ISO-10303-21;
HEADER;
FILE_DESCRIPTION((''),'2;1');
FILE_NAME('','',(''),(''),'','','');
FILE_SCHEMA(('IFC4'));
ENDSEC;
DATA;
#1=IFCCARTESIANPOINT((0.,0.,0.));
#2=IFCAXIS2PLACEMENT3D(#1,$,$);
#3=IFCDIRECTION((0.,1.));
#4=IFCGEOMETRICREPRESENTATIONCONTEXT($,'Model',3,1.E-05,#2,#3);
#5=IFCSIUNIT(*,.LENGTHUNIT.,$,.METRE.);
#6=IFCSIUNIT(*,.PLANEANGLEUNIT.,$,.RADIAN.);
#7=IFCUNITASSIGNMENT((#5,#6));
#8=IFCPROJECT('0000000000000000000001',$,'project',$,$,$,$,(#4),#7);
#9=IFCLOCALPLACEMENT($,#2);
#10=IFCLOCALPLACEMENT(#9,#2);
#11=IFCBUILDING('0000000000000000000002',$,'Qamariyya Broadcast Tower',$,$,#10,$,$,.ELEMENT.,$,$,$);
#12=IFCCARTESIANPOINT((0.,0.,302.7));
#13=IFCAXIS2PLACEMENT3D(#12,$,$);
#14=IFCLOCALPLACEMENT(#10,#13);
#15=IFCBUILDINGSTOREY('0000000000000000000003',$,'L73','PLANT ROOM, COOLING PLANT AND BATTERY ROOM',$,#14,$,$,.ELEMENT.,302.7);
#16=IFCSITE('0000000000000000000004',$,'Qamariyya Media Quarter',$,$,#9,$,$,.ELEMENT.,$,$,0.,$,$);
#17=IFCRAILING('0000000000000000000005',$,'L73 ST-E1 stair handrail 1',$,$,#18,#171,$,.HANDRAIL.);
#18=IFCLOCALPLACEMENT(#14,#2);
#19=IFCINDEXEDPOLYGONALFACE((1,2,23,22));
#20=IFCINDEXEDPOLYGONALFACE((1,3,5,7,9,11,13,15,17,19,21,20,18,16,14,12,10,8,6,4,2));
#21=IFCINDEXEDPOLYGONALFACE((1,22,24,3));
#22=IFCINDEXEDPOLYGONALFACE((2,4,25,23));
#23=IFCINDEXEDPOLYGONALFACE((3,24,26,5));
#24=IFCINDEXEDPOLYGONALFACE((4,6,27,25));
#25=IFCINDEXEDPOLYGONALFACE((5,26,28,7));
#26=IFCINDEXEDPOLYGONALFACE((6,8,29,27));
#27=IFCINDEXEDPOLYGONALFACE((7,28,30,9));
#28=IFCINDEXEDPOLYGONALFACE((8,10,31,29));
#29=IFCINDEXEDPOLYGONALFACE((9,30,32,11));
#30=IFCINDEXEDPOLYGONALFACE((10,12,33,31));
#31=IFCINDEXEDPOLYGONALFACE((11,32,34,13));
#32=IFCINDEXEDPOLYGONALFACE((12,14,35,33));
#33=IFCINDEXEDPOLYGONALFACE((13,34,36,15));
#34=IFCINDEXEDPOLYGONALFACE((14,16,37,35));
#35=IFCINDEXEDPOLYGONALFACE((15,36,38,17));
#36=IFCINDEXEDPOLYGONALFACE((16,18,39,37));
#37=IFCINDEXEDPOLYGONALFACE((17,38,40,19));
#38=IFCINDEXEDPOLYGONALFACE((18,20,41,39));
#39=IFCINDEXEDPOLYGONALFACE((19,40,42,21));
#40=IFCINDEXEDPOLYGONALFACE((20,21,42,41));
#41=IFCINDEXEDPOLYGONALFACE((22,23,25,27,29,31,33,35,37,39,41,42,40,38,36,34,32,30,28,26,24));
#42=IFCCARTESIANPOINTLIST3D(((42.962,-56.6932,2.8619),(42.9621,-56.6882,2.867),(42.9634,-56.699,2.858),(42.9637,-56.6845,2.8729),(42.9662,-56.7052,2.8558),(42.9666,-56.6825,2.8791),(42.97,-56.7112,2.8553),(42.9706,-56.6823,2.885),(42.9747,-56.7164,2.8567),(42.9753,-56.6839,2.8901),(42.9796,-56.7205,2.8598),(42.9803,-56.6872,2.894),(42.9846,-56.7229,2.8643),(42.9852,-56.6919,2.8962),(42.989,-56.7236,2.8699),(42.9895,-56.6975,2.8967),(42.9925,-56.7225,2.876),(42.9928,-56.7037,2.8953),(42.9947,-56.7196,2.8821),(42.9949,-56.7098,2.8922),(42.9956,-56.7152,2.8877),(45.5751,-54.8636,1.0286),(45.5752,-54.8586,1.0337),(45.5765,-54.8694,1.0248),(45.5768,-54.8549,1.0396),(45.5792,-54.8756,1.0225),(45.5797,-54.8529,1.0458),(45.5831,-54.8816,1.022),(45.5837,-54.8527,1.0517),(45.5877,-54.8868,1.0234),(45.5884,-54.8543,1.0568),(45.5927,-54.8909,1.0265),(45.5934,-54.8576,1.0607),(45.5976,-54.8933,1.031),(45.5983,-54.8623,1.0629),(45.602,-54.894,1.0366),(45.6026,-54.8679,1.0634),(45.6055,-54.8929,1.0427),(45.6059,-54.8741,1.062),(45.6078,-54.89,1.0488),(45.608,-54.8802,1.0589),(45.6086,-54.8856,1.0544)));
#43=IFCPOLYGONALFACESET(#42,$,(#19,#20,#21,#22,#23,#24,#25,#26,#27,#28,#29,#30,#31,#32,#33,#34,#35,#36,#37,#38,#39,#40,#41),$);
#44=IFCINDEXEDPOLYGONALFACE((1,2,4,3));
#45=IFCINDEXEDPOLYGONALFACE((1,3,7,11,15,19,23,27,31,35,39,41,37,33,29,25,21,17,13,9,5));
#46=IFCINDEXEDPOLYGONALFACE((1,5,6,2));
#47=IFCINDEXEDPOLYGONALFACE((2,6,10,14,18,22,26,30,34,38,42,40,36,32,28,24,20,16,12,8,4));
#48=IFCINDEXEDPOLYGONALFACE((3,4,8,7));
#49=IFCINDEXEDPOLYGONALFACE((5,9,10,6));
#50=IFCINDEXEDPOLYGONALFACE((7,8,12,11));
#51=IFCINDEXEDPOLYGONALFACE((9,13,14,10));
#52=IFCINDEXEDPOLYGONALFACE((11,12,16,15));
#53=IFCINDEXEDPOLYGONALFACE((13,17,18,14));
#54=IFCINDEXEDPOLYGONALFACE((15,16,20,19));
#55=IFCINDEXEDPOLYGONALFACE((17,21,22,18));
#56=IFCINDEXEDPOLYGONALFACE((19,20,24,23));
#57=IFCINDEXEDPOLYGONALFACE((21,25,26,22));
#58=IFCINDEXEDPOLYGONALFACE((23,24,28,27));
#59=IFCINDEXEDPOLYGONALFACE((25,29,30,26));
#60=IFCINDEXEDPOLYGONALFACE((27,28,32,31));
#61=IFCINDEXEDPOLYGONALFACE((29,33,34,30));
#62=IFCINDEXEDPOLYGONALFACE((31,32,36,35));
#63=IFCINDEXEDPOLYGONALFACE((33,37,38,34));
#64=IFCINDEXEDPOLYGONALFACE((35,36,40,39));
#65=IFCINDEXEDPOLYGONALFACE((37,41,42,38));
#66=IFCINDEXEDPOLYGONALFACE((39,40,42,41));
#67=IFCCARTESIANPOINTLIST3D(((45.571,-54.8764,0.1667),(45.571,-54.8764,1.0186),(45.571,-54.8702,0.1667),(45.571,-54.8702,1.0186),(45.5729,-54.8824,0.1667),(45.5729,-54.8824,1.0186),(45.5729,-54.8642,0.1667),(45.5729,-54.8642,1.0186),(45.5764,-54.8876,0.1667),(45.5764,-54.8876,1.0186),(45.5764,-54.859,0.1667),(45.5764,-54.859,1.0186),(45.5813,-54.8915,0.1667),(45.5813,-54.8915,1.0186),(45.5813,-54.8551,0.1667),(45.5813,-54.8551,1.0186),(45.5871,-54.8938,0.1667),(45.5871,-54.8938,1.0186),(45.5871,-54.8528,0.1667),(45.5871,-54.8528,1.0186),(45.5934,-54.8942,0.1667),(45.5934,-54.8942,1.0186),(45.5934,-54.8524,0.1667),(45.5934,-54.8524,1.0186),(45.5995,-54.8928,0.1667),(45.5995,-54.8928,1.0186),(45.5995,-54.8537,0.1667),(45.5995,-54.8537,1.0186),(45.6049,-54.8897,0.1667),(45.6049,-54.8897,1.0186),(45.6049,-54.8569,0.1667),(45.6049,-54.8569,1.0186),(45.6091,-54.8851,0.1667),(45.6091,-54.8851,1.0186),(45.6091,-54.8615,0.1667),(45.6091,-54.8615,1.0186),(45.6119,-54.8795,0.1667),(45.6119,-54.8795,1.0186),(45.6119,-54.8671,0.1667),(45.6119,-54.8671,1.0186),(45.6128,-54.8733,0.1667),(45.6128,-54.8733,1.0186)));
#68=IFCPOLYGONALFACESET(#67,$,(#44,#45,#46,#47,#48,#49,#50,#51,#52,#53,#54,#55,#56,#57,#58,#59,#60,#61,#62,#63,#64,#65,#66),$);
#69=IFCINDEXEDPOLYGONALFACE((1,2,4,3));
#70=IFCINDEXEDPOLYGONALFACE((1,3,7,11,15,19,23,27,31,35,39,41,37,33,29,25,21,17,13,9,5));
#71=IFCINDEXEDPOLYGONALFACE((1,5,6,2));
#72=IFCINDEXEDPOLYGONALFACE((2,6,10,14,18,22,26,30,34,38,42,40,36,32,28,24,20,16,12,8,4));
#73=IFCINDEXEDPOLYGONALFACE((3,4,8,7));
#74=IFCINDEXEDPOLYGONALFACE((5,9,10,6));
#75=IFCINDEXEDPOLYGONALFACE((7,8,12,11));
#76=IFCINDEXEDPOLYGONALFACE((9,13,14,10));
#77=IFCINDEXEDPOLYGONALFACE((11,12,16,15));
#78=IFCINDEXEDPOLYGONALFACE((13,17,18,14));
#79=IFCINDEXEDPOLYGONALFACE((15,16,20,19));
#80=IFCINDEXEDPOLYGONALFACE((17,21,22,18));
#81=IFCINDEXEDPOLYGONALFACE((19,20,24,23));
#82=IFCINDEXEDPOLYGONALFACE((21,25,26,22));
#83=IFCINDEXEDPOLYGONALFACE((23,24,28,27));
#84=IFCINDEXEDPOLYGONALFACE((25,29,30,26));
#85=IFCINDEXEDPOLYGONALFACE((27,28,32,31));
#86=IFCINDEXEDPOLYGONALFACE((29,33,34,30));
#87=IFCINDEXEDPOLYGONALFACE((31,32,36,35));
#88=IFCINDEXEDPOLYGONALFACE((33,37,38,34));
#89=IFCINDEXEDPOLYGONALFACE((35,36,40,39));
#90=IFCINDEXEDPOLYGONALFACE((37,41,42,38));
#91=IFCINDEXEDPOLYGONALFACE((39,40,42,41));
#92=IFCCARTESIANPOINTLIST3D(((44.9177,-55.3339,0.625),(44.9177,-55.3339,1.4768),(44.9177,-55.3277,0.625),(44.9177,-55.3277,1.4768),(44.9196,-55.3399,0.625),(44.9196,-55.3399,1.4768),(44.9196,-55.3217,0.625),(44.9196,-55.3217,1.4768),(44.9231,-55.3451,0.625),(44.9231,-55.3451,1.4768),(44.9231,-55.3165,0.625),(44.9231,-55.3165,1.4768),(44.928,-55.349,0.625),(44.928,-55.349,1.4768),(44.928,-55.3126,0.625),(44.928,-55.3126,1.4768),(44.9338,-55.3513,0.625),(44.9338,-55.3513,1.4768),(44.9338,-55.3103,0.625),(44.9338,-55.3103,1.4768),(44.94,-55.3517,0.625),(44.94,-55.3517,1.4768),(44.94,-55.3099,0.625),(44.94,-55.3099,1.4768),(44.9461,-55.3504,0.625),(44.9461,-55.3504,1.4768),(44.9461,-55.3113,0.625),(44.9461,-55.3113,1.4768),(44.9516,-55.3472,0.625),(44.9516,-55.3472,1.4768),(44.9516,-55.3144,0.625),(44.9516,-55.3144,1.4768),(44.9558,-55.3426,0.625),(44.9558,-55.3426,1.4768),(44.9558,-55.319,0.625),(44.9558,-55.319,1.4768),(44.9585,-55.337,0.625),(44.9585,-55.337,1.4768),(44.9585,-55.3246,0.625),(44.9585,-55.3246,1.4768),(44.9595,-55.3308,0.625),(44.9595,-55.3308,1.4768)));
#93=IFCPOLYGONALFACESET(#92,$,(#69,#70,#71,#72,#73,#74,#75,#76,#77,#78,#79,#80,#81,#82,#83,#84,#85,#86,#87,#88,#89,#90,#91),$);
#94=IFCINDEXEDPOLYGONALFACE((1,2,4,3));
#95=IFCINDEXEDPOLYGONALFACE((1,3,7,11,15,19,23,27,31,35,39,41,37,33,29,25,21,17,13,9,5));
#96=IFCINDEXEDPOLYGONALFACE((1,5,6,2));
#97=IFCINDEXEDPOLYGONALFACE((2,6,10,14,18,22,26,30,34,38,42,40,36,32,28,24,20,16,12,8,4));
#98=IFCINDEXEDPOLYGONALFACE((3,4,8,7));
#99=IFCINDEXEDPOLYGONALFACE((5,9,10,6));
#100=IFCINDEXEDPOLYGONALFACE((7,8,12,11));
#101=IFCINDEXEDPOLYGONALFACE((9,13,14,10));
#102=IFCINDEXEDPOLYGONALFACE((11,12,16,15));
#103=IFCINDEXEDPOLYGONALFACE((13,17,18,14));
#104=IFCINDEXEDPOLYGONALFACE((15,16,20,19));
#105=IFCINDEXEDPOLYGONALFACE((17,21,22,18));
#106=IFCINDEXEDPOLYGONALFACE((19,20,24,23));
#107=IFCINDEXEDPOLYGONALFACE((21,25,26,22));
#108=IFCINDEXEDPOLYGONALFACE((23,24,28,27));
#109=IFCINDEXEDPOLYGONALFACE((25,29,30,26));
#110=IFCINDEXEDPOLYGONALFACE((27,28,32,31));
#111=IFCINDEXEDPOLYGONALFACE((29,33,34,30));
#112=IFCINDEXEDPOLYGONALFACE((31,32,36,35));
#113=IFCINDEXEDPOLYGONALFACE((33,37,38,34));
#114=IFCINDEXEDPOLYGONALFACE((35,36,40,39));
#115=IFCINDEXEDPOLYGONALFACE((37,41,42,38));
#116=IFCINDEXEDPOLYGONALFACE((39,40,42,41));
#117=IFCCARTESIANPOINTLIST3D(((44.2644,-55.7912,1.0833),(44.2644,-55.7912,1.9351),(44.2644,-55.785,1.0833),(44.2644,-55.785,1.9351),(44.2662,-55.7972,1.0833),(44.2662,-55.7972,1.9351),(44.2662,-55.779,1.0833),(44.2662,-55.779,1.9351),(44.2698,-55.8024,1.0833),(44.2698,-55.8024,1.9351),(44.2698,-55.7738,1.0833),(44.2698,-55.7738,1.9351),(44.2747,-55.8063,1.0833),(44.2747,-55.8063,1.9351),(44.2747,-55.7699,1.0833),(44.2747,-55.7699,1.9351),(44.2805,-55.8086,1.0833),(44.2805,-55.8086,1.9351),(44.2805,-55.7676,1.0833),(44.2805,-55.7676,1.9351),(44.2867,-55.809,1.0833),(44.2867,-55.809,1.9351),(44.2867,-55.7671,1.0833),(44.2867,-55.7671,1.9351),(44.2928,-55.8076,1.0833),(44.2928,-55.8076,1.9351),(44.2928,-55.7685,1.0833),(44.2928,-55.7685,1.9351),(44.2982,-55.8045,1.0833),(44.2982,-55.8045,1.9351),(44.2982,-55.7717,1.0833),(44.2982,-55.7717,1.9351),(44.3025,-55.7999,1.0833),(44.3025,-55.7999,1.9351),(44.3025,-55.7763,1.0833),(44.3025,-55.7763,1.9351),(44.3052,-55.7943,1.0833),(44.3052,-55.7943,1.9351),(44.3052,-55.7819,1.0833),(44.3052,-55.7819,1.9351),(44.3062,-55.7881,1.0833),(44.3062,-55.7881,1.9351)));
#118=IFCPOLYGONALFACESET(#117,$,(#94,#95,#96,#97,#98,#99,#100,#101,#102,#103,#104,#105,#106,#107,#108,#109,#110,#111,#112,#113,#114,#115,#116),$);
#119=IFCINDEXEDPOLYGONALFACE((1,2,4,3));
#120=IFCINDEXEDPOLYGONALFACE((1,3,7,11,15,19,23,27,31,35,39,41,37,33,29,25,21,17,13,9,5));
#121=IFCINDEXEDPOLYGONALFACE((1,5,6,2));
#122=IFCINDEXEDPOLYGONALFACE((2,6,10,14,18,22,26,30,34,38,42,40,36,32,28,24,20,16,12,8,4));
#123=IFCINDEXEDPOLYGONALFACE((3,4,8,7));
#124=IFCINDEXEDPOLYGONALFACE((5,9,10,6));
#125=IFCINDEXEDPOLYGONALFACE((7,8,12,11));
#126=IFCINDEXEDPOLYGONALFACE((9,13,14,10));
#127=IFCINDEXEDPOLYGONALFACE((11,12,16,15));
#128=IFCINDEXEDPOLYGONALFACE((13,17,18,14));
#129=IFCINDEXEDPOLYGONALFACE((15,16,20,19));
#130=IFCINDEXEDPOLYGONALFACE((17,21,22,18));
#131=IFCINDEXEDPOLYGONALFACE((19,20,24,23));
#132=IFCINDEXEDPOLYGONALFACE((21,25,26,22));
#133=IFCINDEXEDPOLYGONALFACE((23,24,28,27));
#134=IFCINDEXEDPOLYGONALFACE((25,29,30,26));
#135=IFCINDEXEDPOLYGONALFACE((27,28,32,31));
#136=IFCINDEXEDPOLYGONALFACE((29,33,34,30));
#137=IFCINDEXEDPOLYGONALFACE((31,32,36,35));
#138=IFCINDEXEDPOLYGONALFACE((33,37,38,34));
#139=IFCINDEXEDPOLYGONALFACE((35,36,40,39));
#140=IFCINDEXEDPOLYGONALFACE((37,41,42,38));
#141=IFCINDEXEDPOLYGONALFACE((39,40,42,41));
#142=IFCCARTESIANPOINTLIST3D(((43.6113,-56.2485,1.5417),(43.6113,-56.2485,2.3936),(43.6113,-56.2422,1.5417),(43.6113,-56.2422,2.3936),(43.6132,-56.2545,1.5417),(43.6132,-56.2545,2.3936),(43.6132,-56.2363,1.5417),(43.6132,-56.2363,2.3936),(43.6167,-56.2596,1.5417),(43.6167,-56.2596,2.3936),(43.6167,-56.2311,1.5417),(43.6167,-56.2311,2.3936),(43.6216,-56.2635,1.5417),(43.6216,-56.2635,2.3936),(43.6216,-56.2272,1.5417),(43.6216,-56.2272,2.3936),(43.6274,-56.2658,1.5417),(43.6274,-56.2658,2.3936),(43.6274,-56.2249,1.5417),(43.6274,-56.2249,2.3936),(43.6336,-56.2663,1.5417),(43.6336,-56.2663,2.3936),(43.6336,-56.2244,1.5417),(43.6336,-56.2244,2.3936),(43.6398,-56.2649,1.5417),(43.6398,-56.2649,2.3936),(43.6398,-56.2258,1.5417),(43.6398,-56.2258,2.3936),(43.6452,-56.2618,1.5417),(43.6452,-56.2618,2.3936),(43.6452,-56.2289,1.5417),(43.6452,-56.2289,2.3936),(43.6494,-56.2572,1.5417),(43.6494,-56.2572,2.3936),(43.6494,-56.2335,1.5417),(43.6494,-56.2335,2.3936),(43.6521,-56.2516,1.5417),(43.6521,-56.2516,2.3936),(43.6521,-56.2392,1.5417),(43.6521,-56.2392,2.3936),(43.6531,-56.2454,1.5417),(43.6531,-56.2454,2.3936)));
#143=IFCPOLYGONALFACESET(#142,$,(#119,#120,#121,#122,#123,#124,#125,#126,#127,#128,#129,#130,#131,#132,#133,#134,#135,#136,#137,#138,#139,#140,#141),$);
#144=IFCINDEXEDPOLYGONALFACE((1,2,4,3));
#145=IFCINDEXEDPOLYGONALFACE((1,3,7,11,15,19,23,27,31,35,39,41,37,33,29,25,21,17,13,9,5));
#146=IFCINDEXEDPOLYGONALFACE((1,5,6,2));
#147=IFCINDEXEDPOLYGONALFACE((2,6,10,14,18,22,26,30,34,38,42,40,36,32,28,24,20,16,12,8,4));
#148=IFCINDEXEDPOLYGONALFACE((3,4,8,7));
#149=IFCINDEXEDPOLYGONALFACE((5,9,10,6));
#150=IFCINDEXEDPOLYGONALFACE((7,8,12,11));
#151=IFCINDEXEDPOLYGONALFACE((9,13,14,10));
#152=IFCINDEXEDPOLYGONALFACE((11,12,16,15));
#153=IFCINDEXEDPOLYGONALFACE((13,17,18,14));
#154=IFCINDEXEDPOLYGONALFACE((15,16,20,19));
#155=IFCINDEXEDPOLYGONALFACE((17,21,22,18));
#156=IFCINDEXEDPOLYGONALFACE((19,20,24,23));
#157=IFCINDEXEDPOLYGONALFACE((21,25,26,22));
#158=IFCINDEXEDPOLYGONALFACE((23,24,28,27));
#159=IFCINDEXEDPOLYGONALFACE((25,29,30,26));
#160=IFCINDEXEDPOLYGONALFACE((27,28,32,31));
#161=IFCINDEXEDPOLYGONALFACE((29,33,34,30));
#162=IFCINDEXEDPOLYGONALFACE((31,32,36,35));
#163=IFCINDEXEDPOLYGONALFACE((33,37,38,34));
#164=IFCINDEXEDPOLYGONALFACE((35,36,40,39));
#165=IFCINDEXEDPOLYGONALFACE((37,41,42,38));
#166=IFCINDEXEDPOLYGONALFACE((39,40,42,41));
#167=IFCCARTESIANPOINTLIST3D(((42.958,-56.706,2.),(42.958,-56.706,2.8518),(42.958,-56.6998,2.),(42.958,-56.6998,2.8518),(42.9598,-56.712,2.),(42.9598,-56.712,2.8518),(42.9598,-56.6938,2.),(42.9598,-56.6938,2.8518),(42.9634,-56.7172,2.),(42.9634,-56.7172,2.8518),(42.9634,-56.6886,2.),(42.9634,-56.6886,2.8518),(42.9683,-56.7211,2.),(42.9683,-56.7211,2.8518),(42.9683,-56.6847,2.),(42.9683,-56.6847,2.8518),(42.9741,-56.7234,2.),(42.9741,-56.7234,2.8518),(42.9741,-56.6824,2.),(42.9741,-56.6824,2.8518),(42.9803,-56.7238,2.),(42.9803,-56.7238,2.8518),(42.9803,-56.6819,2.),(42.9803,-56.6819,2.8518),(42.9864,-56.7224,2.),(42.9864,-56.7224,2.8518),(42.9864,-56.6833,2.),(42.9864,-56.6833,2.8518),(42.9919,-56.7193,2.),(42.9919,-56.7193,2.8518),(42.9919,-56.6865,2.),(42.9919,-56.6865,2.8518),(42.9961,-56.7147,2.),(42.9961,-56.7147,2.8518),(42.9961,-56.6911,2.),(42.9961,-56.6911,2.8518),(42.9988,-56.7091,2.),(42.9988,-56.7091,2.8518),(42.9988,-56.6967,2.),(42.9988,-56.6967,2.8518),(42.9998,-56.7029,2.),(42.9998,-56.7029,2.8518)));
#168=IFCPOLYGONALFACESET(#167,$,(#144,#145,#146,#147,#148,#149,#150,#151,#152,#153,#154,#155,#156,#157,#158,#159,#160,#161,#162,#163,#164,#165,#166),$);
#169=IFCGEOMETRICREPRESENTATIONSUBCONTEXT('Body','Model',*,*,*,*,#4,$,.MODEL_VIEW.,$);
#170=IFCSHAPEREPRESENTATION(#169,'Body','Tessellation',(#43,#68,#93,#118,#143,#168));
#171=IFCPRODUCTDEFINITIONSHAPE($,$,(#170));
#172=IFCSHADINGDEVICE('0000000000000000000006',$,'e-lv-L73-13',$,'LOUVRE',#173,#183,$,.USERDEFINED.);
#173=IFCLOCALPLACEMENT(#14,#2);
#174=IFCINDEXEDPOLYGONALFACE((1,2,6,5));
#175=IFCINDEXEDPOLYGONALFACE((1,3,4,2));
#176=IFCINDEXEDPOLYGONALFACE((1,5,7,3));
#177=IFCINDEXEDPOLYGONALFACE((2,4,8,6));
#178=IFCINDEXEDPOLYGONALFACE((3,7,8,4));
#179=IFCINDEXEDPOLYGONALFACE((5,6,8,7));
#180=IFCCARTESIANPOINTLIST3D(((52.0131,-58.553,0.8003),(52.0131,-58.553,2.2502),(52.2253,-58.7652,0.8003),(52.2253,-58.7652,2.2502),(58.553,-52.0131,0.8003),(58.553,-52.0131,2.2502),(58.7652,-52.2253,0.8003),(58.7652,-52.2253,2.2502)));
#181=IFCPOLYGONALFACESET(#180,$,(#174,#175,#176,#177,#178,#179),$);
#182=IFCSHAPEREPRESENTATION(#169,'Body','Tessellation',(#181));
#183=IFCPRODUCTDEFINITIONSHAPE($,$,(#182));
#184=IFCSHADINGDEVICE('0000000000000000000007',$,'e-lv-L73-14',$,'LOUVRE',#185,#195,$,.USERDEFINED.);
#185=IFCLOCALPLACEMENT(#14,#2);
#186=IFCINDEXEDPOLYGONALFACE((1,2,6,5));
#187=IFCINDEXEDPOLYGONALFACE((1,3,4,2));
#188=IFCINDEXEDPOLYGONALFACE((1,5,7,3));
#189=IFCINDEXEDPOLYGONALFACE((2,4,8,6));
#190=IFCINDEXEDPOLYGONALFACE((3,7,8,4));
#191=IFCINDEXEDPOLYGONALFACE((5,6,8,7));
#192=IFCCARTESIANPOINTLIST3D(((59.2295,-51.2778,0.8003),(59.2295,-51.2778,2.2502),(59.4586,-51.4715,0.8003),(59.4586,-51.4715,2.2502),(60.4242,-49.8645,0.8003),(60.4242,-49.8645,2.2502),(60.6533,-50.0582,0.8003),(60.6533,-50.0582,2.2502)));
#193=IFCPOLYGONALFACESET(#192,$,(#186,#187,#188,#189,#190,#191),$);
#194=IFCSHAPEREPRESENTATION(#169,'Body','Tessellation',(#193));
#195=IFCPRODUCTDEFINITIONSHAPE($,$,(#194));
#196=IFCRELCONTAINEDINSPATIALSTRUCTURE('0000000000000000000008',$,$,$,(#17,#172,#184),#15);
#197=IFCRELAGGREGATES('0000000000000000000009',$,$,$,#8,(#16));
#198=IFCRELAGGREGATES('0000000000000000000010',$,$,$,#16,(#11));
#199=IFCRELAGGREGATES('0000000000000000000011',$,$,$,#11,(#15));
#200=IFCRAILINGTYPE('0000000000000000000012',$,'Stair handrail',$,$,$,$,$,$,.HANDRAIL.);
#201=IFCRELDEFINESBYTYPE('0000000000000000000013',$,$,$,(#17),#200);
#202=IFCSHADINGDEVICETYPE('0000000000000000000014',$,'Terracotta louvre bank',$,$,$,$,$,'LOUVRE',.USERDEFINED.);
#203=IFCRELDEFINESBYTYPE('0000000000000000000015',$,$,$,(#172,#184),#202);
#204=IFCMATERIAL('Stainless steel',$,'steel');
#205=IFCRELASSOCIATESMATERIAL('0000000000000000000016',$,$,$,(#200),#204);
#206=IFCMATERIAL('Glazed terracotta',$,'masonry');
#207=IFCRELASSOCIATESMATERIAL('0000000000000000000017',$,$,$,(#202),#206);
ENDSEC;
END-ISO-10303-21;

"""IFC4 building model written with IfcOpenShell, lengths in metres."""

from ifc_helpers import new_model, si_unit, direction, frame, origin, origin_2d, place, context, subcontext, project, spatial, rectangle, circle, extrude, material, type_object, element, save


model = new_model("IFC4")

# Units and contexts
model_context = context("Model", 3, precision=1e-05, world=origin(), true_north=direction((0.0, 1.0)))
body_context = subcontext(model_context, "Body", "Model", "MODEL_VIEW")
ifc_project = project(units=[si_unit("LENGTHUNIT", "METRE"), si_unit("PLANEANGLEUNIT", "RADIAN")], contexts=[model_context])

# Site, building, storey
site_placement = place(None, origin())
site = spatial("IfcSite", under=ifc_project, at=site_placement, Name="Qamariyya Media Quarter", CompositionType="ELEMENT", RefElevation=0.0)
building_placement = place(site_placement, origin())
building = spatial("IfcBuilding", under=site, at=building_placement, Name="Qamariyya Broadcast Tower", CompositionType="ELEMENT")
storey_placement = place(building_placement, frame((0.0, 0.0, 302.7)))
storey = spatial("IfcBuildingStorey", under=building, at=storey_placement, Name="L73", Description="PLANT ROOM, COOLING PLANT AND BATTERY ROOM", CompositionType="ELEMENT", Elevation=302.7)

# Railing
ifc_material_1 = material(Name="Stainless steel", Category="steel")
railing_type_1 = type_object("IfcRailingType", Name="Stair handrail", PredefinedType="HANDRAIL", material=ifc_material_1)
railing_1_placement = place(storey_placement, frame((45.5918, -54.8733, 0.1667)))
element("IfcRailing", 1, at=railing_1_placement, inside=storey, type_object=railing_type_1, Name="L73 ST-E1 stair handrail 1", PredefinedType="HANDRAIL", context=body_context, shape_type="SweptSolid", body=[
    extrude(circle(Radius=0.0239, at=origin_2d()), frame((0.0, 0.0, 0.876), z_axis=(-0.710228, -0.497285, 0.498281), x_axis=(0.57356, -0.819164, 0.0)), (0.0, 0.0, 1.0), 3.6792),
    extrude(circle(Radius=0.021, at=origin_2d()), origin(), (0.0, 0.0, 1.0), 0.8518),
    extrude(circle(Radius=0.021, at=origin_2d()), frame((-0.6533, -0.4575, 0.4583)), (0.0, 0.0, 1.0), 0.8518),
    extrude(circle(Radius=0.021, at=origin_2d()), frame((-1.3066, -0.9148, 0.9165)), (0.0, 0.0, 1.0), 0.8518),
    extrude(circle(Radius=0.021, at=origin_2d()), frame((-1.9597, -1.3721, 1.375)), (0.0, 0.0, 1.0), 0.8518),
    extrude(circle(Radius=0.021, at=origin_2d()), frame((-2.613, -1.8296, 1.8333)), (0.0, 0.0, 1.0), 0.8518),
])

# Shading devices
ifc_material_2 = material(Name="Glazed terracotta", Category="masonry")
shading_device_type = type_object("IfcShadingDeviceType", Name="Terracotta louvre bank", ElementType="LOUVRE", PredefinedType="USERDEFINED", material=ifc_material_2)
shading_device_1_placement = place(storey_placement, frame((55.3892, -55.3892, 0.8003), z_axis=(0.0, 0.0, 1.0), x_axis=(0.707107, 0.707107, 0.0)))
element("IfcShadingDevice", 2, at=shading_device_1_placement, inside=storey, type_object=shading_device_type, Name="e-lv-L73-13", ObjectType="LOUVRE", PredefinedType="USERDEFINED", context=body_context, shape_type="SweptSolid", body=[
    extrude(rectangle(XDim=9.2488, YDim=0.3, at=origin_2d()), origin(), (0.0, 0.0, 1.0), 1.45),
])
shading_device_2_placement = place(storey_placement, frame((59.9414, -50.668, 0.8003), z_axis=(0.0, 0.0, 1.0), x_axis=(0.64556, 0.76371, 0.0)))
element("IfcShadingDevice", 3, at=shading_device_2_placement, inside=storey, type_object=shading_device_type, Name="e-lv-L73-14", ObjectType="LOUVRE", PredefinedType="USERDEFINED", context=body_context, shape_type="SweptSolid", body=[
    extrude(rectangle(XDim=1.8506, YDim=0.3, at=origin_2d()), origin(), (0.0, 0.0, 1.0), 1.45),
])

save(model, "model.ifc")
